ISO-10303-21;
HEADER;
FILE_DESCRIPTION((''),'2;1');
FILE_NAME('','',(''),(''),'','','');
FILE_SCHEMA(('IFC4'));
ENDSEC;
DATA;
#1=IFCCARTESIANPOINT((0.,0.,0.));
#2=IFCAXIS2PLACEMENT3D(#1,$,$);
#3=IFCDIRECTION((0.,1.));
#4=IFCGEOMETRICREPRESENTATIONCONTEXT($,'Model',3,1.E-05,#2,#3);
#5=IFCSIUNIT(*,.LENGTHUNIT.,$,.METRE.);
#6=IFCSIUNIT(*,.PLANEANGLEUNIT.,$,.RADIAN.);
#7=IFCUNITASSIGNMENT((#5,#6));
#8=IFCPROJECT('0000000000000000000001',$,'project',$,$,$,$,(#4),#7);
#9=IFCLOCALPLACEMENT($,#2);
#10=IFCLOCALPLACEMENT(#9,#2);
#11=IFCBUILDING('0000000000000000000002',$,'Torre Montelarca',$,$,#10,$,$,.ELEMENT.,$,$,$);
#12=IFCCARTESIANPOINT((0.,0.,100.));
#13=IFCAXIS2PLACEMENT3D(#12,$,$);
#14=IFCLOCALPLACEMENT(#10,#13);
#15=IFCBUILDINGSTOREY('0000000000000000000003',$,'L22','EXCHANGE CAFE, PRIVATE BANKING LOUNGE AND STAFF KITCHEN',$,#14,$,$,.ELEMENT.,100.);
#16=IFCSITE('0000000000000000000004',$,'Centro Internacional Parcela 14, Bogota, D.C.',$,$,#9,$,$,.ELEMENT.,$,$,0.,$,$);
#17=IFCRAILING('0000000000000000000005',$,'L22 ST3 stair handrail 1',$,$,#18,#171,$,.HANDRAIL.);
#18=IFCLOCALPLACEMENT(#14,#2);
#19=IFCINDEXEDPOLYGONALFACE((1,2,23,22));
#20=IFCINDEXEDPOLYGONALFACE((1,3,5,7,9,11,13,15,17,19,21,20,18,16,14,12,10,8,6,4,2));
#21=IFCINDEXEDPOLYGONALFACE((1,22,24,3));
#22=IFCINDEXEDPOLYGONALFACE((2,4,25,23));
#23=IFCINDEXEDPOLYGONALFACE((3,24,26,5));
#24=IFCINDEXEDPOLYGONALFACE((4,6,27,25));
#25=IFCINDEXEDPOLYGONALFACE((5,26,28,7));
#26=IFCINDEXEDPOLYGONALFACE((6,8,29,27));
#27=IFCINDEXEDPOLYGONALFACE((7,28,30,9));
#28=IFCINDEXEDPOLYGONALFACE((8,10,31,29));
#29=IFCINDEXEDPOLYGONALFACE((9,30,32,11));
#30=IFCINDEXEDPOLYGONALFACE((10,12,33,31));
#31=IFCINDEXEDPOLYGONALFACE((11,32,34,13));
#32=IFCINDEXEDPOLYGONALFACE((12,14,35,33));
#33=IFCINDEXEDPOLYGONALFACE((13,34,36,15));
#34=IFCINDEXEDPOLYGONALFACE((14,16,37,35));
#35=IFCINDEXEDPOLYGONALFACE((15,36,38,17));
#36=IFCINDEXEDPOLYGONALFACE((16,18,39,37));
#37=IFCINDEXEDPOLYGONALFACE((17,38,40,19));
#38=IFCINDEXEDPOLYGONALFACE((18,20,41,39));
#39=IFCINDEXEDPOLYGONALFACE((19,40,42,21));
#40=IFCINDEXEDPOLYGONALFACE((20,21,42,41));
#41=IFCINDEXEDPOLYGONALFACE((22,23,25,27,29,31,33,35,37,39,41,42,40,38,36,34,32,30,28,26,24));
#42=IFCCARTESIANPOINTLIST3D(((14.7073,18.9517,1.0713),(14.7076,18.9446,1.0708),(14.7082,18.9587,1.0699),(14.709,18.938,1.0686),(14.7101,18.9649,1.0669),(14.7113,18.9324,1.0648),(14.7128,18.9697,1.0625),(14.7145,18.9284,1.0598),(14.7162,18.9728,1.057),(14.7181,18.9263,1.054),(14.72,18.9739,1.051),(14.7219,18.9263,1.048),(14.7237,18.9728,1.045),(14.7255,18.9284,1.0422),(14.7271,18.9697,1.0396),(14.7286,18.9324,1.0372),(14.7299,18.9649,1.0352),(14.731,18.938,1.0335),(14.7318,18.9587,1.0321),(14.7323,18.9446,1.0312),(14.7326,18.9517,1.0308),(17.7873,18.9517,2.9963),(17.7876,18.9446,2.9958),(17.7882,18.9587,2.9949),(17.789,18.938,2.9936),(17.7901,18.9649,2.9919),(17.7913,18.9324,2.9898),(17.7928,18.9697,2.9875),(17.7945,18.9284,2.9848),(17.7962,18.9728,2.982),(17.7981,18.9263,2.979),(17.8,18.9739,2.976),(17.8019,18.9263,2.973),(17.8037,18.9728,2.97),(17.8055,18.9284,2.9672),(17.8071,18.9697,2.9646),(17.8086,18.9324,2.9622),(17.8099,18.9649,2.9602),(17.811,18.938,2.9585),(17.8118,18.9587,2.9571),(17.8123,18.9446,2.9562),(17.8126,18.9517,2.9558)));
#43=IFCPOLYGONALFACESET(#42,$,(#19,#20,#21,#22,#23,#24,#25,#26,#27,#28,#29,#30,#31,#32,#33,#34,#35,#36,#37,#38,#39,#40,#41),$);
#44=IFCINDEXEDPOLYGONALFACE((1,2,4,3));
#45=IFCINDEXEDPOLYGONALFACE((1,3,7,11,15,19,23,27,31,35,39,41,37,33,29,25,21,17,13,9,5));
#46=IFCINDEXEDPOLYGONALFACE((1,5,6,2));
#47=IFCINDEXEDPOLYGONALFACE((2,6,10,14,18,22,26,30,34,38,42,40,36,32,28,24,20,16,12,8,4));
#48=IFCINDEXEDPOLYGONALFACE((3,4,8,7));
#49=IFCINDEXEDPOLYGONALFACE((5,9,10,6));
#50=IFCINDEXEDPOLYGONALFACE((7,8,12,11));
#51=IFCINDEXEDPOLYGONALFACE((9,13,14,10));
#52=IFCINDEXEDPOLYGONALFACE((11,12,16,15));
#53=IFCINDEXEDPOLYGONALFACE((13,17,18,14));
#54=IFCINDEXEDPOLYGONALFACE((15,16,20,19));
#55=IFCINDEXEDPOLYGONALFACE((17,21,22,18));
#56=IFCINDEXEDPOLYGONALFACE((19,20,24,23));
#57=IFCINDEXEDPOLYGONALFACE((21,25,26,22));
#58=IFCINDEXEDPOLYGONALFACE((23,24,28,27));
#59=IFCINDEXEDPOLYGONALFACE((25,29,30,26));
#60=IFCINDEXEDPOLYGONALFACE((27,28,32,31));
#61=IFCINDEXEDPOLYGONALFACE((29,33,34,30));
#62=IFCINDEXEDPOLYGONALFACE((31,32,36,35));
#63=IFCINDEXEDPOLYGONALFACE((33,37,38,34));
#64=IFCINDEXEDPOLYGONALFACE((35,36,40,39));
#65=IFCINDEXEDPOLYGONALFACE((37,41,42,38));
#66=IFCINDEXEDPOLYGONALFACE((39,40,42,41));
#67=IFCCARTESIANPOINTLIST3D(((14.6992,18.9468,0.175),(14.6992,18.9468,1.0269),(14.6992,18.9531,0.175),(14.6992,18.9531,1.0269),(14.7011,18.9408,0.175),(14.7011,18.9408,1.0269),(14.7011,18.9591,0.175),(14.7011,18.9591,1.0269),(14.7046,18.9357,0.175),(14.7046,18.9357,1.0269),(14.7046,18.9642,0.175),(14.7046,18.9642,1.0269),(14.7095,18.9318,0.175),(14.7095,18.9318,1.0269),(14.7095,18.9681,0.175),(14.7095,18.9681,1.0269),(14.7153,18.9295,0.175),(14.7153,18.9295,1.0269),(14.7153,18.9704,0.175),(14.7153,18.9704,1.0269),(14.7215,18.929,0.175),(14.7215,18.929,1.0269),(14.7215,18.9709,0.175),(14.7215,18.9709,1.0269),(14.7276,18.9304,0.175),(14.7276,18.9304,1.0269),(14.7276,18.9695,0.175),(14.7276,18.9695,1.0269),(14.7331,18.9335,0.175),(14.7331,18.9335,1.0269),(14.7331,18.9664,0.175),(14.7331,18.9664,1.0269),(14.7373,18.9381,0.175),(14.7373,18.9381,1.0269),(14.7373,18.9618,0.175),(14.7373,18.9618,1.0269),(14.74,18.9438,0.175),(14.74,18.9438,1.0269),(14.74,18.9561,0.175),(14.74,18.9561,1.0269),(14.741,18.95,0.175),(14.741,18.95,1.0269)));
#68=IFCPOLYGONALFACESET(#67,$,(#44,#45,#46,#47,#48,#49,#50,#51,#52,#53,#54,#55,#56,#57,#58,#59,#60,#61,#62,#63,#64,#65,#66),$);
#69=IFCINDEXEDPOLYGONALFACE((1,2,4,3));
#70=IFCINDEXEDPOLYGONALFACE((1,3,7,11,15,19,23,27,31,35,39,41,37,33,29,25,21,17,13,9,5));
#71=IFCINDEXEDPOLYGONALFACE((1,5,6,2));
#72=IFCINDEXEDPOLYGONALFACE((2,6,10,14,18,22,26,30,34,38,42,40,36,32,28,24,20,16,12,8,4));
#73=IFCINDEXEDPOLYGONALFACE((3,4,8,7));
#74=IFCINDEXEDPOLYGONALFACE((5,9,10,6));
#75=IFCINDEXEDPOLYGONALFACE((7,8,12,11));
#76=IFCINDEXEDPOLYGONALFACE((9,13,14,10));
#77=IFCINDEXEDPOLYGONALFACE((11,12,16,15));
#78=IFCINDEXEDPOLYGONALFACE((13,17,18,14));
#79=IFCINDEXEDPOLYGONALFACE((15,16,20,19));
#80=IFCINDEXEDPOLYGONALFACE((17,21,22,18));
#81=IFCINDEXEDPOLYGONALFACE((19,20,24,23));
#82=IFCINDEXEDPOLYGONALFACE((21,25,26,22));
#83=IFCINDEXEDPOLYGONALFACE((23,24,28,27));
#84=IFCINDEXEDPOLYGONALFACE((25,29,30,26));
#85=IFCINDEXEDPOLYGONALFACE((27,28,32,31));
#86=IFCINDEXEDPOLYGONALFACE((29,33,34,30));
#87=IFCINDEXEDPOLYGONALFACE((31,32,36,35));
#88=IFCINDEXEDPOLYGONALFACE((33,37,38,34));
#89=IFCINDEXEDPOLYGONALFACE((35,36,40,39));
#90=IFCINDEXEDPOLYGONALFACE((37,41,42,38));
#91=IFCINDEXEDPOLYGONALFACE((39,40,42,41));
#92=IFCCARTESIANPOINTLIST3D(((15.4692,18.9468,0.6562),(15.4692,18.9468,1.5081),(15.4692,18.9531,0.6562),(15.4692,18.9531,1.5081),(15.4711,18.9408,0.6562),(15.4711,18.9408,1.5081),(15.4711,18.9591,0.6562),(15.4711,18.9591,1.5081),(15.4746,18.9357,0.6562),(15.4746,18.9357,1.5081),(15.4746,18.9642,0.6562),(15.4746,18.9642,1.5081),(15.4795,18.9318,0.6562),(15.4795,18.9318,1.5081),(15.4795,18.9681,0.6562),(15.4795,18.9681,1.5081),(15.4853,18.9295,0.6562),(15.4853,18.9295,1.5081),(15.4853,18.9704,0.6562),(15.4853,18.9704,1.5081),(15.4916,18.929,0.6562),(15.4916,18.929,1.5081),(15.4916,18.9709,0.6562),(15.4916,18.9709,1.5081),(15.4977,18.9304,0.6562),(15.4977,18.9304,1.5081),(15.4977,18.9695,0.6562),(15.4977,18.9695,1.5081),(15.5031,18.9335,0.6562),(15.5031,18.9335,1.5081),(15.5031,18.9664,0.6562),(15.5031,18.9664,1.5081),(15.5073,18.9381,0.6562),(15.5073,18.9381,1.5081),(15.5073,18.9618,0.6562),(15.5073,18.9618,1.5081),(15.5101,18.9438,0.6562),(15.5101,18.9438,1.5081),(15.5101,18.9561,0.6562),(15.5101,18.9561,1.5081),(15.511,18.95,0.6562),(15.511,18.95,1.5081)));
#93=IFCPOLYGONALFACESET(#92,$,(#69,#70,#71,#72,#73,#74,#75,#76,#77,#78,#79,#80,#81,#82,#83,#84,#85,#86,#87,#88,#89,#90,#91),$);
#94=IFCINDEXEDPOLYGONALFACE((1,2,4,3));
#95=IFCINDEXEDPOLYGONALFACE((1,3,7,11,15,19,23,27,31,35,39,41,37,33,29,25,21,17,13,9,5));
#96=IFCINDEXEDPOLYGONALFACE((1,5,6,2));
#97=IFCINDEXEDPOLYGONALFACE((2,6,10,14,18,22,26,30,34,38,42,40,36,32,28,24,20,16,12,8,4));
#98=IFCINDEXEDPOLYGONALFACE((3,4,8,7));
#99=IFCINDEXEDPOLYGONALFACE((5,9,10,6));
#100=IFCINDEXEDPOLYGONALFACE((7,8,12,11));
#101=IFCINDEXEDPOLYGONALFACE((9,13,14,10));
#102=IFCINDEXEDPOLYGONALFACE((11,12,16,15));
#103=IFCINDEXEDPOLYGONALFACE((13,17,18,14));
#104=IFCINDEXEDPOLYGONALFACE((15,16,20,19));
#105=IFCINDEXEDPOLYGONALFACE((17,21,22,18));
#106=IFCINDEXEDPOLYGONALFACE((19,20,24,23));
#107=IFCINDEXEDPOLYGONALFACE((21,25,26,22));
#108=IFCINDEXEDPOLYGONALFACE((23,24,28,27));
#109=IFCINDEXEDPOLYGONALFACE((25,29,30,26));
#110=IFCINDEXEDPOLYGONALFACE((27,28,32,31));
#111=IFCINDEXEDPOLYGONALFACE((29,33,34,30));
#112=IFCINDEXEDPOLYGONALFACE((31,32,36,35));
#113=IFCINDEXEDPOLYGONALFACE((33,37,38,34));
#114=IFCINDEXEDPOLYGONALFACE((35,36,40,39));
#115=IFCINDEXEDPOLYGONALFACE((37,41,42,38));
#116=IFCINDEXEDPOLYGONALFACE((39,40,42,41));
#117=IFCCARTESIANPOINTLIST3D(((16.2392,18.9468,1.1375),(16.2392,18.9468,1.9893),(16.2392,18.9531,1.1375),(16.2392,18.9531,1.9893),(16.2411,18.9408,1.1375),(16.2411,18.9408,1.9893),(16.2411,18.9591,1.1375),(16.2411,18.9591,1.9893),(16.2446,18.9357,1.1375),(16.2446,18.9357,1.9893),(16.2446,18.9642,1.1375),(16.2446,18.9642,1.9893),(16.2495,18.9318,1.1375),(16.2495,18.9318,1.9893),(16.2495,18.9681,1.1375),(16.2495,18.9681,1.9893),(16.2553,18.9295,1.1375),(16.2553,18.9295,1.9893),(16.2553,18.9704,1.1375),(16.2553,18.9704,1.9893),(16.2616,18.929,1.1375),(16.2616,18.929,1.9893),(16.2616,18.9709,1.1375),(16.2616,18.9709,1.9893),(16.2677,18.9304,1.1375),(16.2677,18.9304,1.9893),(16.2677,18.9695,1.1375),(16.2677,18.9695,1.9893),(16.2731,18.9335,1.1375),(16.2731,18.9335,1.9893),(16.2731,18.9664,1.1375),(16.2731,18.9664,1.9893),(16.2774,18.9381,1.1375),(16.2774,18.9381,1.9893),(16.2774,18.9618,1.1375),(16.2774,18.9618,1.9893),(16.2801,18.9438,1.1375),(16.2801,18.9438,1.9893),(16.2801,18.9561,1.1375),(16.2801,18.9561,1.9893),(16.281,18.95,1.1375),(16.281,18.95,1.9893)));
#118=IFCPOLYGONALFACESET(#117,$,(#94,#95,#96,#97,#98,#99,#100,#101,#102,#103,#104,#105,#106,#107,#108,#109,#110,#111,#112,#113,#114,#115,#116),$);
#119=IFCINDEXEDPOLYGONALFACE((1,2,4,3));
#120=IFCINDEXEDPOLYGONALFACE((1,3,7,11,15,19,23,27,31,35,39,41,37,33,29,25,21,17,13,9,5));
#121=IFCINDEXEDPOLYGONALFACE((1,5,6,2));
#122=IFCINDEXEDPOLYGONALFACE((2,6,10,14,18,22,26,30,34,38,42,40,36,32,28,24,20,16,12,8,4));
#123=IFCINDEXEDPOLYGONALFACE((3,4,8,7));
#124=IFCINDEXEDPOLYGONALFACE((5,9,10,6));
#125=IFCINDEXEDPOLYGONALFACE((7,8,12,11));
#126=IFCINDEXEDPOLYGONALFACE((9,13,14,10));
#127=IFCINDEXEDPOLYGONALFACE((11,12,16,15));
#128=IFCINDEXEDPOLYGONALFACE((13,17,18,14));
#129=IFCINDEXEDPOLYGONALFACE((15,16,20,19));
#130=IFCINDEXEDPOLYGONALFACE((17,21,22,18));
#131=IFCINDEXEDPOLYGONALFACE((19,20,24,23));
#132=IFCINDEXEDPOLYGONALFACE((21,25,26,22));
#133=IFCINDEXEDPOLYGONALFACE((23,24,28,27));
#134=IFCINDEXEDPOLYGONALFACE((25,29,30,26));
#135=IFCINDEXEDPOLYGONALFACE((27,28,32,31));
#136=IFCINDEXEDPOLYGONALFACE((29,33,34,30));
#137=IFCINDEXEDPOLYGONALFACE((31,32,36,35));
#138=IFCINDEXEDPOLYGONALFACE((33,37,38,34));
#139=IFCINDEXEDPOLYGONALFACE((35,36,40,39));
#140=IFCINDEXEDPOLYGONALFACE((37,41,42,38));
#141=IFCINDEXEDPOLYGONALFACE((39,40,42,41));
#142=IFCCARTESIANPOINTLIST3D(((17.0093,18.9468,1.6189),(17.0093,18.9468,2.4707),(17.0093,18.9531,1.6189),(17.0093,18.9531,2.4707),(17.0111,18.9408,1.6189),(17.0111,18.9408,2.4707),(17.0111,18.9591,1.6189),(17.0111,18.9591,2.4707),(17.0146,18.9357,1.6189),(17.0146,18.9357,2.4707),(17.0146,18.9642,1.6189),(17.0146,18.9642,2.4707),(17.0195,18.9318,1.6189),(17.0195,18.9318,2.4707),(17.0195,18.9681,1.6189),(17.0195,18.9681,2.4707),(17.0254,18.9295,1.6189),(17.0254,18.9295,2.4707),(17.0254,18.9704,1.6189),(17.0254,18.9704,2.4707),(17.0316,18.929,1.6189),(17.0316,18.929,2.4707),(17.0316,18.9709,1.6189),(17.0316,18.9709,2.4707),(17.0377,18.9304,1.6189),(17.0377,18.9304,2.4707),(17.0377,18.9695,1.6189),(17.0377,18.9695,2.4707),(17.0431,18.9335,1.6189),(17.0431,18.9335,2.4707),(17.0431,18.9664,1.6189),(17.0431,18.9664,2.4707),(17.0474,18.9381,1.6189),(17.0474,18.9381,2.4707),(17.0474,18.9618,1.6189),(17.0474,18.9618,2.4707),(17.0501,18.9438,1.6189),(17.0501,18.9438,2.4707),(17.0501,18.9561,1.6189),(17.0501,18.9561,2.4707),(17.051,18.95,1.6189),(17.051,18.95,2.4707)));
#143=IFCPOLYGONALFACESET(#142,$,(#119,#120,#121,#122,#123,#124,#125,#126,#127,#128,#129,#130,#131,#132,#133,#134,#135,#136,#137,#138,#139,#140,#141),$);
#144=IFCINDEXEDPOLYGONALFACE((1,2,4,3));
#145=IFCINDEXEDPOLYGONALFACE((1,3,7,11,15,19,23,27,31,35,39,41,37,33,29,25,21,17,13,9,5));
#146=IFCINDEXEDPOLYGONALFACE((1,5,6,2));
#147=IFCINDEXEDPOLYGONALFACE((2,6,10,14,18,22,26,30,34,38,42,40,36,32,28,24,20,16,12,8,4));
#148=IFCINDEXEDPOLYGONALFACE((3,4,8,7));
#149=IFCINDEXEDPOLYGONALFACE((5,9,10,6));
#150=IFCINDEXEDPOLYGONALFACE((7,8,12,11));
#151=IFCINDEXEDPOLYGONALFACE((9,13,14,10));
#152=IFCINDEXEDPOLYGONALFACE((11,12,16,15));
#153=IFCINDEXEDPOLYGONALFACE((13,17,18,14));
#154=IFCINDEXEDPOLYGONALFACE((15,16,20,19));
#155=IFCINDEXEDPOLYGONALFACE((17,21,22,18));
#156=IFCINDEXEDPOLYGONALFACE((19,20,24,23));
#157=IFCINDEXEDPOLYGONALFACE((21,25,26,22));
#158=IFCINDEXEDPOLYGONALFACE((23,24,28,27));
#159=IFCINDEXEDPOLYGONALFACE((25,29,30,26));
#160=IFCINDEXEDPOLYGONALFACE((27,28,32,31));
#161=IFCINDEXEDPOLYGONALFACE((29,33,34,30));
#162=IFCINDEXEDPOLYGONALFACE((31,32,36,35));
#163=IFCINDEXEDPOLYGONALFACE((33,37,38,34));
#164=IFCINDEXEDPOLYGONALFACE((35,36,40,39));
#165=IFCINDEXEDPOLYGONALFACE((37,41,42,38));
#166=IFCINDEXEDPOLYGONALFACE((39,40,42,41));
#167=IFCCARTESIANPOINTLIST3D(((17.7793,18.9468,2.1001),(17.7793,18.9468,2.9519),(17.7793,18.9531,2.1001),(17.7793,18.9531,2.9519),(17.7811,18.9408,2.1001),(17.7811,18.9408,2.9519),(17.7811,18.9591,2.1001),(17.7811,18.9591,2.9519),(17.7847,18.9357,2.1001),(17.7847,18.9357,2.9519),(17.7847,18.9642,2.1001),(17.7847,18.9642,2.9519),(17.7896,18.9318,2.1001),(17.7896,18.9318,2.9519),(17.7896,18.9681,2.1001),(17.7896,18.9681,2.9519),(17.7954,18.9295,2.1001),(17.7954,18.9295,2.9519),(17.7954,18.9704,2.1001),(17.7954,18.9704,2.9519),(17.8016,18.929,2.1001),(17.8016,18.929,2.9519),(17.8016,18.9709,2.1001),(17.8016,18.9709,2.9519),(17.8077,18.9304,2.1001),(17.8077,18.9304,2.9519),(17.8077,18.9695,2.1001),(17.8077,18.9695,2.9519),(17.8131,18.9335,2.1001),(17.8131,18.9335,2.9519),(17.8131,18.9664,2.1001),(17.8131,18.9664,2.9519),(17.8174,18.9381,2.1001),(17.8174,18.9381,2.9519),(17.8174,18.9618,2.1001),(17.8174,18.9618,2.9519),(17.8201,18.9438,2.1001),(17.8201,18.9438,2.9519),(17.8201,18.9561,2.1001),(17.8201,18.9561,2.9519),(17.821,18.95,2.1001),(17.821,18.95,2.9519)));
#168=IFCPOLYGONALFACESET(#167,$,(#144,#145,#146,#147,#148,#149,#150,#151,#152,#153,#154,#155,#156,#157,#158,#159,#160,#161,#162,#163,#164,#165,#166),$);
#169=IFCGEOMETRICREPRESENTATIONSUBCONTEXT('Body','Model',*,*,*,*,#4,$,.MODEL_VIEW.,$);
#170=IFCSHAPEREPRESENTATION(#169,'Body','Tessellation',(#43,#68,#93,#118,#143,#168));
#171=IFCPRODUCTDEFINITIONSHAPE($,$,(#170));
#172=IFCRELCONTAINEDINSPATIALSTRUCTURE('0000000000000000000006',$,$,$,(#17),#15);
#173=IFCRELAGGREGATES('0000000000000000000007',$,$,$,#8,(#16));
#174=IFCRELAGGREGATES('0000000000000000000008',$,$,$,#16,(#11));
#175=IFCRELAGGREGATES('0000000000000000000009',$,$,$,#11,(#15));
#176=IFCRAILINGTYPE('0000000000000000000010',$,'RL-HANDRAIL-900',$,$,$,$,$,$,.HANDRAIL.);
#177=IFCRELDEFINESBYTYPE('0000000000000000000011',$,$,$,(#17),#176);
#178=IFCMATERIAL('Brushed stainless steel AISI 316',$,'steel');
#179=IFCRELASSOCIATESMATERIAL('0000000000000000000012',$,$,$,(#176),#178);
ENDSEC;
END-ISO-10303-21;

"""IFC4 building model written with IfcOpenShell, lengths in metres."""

from ifc_helpers import new_model, si_unit, direction, frame, origin, origin_2d, place, context, subcontext, project, spatial, circle, extrude, material, type_object, element, save


model = new_model("IFC4")

# Units and contexts
model_context = context("Model", 3, precision=1e-05, world=origin(), true_north=direction((0.0, 1.0)))
body_context = subcontext(model_context, "Body", "Model", "MODEL_VIEW")
ifc_project = project(units=[si_unit("LENGTHUNIT", "METRE"), si_unit("PLANEANGLEUNIT", "RADIAN")], contexts=[model_context])

# Site, building, storey
site_placement = place(None, origin())
site = spatial("IfcSite", under=ifc_project, at=site_placement, Name="Centro Internacional Parcela 14, Bogota, D.C.", CompositionType="ELEMENT", RefElevation=0.0)
building_placement = place(site_placement, origin())
building = spatial("IfcBuilding", under=site, at=building_placement, Name="Torre Montelarca", CompositionType="ELEMENT")
storey_placement = place(building_placement, frame((0.0, 0.0, 100.0)))
storey = spatial("IfcBuildingStorey", under=building, at=storey_placement, Name="L22", Description="EXCHANGE CAFE, PRIVATE BANKING LOUNGE AND STAFF KITCHEN", CompositionType="ELEMENT", Elevation=100.0)

# Railing
ifc_material_1 = material(Name="Brushed stainless steel AISI 316", Category="steel")
railing_type_1 = type_object("IfcRailingType", Name="RL-HANDRAIL-900", PredefinedType="HANDRAIL", material=ifc_material_1)
railing_1_placement = place(storey_placement, frame((14.72, 18.95, 0.175)))
element("IfcRailing", 1, at=railing_1_placement, inside=storey, type_object=railing_type_1, Name="L22 ST3 stair handrail 1", PredefinedType="HANDRAIL", context=body_context, shape_type="SweptSolid", body=[
    extrude(circle(Radius=0.0239, at=origin_2d()), frame((0.0, 0.0, 0.876), z_axis=(0.847998, 0.0, 0.529999), x_axis=(0.0, 1.0, 0.0)), (0.0, 0.0, 1.0), 3.6321),
    extrude(circle(Radius=0.021, at=origin_2d()), origin(), (0.0, 0.0, 1.0), 0.8518),
    extrude(circle(Radius=0.021, at=origin_2d()), frame((0.77, 0.0, 0.4812)), (0.0, 0.0, 1.0), 0.8518),
    extrude(circle(Radius=0.021, at=origin_2d()), frame((1.54, 0.0, 0.9624)), (0.0, 0.0, 1.0), 0.8518),
    extrude(circle(Radius=0.021, at=origin_2d()), frame((2.3101, 0.0, 1.4438)), (0.0, 0.0, 1.0), 0.8518),
    extrude(circle(Radius=0.021, at=origin_2d()), frame((3.0801, 0.0, 1.925)), (0.0, 0.0, 1.0), 0.8518),
])

save(model, "model.ifc")
